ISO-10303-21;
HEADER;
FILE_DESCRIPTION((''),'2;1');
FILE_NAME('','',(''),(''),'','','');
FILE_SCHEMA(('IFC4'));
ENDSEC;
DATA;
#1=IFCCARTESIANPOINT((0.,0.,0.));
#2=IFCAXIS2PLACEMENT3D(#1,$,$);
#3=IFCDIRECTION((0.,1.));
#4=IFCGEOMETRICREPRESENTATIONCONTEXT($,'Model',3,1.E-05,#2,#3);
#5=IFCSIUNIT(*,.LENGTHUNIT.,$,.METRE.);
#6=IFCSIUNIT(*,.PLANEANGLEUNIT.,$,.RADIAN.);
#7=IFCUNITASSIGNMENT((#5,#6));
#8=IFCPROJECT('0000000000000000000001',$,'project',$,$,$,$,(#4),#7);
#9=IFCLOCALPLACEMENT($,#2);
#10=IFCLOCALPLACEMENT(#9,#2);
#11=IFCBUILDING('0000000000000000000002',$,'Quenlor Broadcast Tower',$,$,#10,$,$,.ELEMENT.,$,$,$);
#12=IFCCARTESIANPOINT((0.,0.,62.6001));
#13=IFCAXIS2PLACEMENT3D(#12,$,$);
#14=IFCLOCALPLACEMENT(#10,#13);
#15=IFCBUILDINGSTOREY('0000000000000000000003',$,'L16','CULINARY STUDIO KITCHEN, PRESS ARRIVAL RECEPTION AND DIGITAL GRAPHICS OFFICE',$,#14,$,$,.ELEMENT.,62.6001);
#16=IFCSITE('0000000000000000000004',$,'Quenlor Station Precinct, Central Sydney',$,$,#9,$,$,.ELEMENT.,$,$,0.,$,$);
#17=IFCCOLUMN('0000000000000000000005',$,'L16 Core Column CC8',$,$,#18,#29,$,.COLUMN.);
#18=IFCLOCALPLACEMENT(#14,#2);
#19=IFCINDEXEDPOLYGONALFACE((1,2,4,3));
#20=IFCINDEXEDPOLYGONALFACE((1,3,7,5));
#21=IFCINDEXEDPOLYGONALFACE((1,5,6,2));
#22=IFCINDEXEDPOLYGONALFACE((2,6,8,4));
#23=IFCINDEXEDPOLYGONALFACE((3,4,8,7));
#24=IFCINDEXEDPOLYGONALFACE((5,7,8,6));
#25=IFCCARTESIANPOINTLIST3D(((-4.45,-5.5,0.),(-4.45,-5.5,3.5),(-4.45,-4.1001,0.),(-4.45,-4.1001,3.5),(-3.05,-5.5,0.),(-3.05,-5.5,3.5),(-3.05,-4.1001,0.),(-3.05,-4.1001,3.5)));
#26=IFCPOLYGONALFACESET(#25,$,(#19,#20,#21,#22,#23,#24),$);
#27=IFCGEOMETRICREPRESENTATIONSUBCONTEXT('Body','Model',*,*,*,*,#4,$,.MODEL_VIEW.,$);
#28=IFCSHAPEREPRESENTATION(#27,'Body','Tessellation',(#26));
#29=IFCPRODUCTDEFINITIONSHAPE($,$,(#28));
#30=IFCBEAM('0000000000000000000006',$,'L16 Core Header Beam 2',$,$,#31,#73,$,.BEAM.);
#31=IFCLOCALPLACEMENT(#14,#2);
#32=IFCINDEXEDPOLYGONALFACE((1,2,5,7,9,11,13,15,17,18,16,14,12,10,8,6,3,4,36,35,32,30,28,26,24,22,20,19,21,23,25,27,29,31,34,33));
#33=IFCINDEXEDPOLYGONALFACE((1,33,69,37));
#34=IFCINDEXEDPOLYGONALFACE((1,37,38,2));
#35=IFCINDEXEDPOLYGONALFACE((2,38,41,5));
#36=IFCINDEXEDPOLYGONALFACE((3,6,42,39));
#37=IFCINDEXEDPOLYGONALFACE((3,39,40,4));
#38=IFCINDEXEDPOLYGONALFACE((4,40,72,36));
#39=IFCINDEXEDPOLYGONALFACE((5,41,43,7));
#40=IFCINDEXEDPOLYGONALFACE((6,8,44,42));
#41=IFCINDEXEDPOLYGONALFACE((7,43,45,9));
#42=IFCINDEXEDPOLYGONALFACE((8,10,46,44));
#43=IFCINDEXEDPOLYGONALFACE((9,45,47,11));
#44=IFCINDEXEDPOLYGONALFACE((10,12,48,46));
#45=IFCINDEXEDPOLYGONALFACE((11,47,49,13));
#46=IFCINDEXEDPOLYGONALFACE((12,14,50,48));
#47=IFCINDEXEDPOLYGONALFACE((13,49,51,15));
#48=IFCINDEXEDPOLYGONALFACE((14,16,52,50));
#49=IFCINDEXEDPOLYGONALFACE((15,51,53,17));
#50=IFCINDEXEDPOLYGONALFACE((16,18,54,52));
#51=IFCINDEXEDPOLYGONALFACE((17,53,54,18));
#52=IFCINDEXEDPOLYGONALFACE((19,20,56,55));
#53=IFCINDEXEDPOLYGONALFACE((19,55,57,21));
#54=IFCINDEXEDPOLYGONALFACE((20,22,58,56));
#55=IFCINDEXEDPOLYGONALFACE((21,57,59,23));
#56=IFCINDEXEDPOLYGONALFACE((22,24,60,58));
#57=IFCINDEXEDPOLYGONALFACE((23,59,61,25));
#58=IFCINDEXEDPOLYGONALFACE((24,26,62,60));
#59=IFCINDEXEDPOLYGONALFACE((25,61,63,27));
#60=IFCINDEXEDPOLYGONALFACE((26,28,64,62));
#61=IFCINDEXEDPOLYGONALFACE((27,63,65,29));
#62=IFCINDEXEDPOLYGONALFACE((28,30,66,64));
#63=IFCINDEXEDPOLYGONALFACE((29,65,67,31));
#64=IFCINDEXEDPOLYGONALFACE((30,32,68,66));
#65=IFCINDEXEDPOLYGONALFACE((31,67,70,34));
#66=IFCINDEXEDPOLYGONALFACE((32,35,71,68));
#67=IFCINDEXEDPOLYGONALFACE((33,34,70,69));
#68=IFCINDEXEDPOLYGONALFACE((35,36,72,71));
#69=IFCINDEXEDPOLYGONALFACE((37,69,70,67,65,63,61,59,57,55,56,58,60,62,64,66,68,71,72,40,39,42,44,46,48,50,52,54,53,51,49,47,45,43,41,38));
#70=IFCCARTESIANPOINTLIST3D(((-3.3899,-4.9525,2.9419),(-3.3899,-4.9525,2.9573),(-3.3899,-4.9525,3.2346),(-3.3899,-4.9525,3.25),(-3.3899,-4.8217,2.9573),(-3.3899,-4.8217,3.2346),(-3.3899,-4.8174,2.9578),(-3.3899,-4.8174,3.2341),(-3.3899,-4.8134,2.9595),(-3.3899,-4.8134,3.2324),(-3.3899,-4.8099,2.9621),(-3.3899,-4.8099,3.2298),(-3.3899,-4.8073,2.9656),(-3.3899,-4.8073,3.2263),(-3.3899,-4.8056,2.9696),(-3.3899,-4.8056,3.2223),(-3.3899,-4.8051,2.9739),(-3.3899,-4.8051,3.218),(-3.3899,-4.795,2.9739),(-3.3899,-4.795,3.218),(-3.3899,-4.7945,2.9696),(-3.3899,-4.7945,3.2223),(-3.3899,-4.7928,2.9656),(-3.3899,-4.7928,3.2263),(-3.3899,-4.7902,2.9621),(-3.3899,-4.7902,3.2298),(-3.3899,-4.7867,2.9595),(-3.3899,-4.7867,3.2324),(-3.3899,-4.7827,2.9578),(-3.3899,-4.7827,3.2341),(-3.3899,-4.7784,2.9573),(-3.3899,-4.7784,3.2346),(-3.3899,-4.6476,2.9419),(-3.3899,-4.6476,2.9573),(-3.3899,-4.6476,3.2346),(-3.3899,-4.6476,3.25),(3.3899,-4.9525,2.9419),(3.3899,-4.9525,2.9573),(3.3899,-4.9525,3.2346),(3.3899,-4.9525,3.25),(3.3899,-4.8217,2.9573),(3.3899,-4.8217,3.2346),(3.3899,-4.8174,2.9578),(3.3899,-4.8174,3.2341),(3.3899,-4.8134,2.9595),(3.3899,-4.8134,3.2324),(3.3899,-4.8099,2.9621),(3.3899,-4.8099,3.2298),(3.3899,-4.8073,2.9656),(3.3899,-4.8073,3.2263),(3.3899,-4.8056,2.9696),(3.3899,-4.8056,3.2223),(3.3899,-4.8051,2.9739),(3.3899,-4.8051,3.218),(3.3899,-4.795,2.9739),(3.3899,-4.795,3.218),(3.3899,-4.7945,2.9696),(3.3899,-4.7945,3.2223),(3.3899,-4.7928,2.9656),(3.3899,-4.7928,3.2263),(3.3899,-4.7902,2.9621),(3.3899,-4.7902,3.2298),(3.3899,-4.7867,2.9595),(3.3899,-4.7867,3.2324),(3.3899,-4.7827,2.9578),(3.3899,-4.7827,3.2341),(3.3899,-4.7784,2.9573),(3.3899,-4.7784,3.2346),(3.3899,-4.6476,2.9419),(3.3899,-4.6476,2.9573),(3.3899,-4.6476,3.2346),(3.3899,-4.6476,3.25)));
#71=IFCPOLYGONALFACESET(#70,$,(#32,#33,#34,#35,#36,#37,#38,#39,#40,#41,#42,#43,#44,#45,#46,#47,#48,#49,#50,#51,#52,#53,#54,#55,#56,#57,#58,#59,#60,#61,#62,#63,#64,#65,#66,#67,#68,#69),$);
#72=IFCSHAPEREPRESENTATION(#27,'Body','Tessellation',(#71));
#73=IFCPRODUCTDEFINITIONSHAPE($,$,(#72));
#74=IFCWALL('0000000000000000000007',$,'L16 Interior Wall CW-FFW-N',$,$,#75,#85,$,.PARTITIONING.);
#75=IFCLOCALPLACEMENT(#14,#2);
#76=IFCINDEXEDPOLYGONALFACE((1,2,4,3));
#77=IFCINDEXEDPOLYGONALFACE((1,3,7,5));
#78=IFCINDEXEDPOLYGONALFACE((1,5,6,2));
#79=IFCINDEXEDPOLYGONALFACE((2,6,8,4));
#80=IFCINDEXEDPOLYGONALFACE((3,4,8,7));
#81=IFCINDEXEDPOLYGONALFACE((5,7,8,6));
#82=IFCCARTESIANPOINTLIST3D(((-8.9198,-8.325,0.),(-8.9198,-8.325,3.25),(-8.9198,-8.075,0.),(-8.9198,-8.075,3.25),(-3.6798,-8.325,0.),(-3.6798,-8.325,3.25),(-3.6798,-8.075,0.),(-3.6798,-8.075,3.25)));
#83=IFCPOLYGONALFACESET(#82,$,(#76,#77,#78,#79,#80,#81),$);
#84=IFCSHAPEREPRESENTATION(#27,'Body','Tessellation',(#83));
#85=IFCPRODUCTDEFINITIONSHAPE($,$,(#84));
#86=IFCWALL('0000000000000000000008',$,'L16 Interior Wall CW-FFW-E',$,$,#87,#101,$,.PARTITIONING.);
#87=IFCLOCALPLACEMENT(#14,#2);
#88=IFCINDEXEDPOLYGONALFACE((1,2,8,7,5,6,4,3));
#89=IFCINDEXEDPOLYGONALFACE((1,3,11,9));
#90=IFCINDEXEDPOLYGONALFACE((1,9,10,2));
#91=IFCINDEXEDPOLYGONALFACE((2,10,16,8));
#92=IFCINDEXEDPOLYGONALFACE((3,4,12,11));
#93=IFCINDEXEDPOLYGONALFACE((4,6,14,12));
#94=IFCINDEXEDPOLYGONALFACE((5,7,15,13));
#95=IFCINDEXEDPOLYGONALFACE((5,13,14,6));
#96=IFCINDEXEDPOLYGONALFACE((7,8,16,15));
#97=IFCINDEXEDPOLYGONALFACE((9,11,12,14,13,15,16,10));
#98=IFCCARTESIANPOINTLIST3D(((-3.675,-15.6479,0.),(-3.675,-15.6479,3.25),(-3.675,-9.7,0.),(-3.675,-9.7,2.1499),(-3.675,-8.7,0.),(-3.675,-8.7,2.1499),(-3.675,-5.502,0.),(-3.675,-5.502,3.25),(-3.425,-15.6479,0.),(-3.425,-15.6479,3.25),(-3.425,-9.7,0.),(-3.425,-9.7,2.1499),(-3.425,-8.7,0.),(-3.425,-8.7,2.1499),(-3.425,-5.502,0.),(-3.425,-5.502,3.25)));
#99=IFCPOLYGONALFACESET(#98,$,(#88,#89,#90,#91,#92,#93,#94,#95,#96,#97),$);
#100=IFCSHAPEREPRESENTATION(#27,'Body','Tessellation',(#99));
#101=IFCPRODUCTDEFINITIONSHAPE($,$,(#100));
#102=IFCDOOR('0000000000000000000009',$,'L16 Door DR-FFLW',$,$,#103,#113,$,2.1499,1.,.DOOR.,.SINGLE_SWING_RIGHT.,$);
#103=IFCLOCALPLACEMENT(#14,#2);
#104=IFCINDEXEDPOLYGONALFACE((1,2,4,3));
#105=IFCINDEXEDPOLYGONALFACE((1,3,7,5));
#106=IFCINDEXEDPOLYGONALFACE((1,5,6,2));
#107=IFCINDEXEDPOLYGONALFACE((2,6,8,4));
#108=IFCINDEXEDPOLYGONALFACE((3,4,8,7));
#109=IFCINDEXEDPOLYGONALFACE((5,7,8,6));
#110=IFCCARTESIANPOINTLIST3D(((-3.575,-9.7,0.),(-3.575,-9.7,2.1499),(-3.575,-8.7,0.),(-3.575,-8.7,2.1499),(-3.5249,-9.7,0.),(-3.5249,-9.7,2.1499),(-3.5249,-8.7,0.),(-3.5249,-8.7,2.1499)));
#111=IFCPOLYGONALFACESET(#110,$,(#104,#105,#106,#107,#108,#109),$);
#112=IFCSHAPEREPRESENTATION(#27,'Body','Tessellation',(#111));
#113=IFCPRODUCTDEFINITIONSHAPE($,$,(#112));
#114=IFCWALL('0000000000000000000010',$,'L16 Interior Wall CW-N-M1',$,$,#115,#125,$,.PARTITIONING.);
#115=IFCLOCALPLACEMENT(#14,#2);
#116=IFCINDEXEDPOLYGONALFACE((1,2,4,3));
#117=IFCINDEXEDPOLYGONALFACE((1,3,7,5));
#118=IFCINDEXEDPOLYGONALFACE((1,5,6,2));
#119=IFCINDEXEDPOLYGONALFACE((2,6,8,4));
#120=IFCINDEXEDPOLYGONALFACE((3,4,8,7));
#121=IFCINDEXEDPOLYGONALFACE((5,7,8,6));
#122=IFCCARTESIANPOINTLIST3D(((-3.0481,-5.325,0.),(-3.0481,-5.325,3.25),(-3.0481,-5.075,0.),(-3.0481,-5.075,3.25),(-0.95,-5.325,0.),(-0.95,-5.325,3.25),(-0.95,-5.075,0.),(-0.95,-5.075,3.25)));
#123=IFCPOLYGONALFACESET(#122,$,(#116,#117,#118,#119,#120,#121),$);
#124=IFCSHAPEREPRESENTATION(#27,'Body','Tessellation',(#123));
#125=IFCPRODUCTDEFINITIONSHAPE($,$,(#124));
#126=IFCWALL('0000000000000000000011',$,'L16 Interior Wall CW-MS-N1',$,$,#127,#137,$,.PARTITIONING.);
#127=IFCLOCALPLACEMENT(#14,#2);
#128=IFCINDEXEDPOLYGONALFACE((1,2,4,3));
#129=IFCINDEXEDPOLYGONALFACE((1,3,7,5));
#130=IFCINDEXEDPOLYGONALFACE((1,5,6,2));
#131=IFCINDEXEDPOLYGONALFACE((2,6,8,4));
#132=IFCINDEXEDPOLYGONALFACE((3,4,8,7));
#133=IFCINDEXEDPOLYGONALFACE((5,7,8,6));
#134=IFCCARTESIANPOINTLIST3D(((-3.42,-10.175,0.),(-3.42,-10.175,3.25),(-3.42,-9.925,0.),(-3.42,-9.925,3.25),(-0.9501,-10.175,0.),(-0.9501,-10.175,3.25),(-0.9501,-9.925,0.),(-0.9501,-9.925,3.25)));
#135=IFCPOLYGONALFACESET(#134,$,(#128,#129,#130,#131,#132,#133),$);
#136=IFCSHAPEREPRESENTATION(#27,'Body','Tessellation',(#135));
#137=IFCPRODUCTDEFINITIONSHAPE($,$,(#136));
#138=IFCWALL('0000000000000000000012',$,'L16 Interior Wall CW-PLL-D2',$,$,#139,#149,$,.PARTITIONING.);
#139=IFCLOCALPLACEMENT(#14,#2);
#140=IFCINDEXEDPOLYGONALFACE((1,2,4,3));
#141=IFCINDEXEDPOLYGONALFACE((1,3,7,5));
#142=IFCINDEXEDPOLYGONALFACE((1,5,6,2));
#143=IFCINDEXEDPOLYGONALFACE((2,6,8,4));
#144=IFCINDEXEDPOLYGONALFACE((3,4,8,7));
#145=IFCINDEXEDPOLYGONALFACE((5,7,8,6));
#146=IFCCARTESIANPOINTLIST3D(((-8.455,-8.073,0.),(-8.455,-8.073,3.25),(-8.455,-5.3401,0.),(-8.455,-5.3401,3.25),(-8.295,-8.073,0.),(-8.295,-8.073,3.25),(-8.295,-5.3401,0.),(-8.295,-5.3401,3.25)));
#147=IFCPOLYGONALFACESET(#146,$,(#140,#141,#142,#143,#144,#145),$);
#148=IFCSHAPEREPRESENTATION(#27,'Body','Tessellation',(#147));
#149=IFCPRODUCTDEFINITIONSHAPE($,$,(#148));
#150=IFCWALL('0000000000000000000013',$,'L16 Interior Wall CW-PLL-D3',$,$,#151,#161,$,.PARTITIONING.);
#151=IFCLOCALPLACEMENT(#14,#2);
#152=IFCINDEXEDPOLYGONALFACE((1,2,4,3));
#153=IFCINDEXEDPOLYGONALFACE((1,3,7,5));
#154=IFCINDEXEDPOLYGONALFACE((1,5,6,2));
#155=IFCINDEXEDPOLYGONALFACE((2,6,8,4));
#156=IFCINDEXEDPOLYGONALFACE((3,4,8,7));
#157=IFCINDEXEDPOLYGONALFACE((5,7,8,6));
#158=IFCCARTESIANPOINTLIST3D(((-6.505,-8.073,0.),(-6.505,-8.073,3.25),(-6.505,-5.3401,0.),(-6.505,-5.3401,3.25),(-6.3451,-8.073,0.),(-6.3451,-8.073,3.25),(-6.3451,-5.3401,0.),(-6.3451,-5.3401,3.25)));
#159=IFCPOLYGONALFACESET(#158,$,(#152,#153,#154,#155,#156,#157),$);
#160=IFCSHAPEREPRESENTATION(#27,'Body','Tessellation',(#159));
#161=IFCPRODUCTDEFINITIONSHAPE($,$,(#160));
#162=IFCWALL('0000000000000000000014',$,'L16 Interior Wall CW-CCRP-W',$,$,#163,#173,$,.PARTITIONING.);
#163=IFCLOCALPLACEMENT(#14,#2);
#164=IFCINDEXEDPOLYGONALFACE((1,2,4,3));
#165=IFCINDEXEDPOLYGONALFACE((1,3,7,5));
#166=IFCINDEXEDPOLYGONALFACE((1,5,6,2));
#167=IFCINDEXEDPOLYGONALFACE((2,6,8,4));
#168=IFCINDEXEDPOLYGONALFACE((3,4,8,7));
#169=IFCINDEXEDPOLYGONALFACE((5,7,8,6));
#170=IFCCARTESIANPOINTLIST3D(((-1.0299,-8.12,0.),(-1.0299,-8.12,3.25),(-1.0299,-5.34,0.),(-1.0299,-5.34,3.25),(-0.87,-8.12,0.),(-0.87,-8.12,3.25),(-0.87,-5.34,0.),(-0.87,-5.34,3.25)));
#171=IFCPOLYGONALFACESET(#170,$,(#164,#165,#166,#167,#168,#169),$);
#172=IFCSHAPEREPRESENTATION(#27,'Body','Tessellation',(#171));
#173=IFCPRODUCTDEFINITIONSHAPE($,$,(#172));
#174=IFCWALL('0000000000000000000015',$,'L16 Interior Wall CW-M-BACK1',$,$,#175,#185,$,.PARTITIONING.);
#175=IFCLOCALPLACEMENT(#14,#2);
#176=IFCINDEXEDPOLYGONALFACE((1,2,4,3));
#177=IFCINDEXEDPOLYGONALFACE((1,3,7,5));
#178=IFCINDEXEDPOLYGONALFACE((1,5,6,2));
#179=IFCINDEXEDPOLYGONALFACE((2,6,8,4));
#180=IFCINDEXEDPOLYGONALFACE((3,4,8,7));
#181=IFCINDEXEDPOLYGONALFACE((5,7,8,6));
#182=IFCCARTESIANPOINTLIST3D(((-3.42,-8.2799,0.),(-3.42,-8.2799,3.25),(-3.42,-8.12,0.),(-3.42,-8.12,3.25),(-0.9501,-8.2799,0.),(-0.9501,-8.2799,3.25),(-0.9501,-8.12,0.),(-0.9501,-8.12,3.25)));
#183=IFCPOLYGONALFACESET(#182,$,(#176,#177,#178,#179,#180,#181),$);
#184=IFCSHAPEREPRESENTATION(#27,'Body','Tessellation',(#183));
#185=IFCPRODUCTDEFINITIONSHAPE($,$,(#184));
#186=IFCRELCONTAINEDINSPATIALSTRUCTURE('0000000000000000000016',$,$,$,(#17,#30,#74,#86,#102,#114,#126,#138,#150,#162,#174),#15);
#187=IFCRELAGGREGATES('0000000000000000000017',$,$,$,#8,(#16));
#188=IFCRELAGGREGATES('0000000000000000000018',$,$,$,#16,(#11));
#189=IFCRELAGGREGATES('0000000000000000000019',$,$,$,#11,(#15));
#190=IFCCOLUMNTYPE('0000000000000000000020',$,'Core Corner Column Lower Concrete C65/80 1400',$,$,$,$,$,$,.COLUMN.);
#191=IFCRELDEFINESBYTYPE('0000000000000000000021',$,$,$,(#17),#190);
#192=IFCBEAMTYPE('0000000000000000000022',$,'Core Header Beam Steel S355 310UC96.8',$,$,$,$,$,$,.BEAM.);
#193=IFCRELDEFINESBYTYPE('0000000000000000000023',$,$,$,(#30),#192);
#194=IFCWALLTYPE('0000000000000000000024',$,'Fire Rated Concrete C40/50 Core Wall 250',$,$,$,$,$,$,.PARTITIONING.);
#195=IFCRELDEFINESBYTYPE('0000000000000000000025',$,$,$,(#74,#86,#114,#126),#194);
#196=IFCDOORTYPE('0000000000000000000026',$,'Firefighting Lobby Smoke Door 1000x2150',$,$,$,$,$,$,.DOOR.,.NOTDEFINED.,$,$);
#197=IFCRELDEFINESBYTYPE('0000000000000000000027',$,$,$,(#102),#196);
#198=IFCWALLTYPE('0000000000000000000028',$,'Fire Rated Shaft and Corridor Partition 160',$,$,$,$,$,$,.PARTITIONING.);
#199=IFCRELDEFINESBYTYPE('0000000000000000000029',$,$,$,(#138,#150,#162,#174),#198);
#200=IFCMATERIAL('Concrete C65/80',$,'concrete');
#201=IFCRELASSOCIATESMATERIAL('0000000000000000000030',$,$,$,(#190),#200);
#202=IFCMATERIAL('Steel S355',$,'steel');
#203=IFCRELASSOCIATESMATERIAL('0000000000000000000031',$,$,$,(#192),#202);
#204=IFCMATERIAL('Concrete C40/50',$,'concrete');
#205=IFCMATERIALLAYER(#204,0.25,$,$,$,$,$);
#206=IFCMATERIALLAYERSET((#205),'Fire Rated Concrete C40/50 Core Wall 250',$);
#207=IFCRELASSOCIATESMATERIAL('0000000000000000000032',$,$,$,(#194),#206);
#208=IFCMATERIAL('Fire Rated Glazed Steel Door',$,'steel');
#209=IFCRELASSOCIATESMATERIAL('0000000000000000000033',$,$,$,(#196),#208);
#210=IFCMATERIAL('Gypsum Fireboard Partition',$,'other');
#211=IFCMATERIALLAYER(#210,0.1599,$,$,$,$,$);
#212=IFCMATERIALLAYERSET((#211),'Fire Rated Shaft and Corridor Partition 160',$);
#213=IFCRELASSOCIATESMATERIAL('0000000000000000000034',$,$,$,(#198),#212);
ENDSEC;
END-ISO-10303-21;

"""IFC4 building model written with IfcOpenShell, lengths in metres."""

from ifc_helpers import new_model, si_unit, direction, frame, frame_2d, origin, origin_2d, place, context, subcontext, project, spatial, rectangle, i_section, extrude, material, layer, layer_set, material_profile, profile_set, type_object, element, fill, save


model = new_model("IFC4")

# Units and contexts
model_context = context("Model", 3, precision=1e-05, world=origin(), true_north=direction((0.0, 1.0)))
body_context = subcontext(model_context, "Body", "Model", "MODEL_VIEW")
ifc_project = project(units=[si_unit("LENGTHUNIT", "METRE"), si_unit("PLANEANGLEUNIT", "RADIAN")], contexts=[model_context])

# Site, building, storey
site_placement = place(None, origin())
site = spatial("IfcSite", under=ifc_project, at=site_placement, Name="Quenlor Station Precinct, Central Sydney", CompositionType="ELEMENT", RefElevation=0.0)
building_placement = place(site_placement, origin())
building = spatial("IfcBuilding", under=site, at=building_placement, Name="Quenlor Broadcast Tower", CompositionType="ELEMENT")
storey_placement = place(building_placement, frame((0.0, 0.0, 62.6001)))
storey = spatial("IfcBuildingStorey", under=building, at=storey_placement, Name="L16", Description="CULINARY STUDIO KITCHEN, PRESS ARRIVAL RECEPTION AND DIGITAL GRAPHICS OFFICE", CompositionType="ELEMENT", Elevation=62.6001)

# Column
ifc_material_1 = material(Name="Concrete C65/80", Category="concrete")
ifc_material_profile_1 = material_profile(ifc_material_1, rectangle(XDim=1.3999, YDim=1.3999, at=origin_2d()))
ifc_profile_set_1 = profile_set([ifc_material_profile_1], Name="Concrete C65/80 RC1400x1400")
column_type = type_object("IfcColumnType", Name="Core Corner Column Lower Concrete C65/80 1400", PredefinedType="COLUMN", material=ifc_profile_set_1)
column_placement = place(storey_placement, frame((-3.75, -4.8, 0.0), z_axis=(0.0, 0.0, 1.0), x_axis=(1.0, 0.0, 0.0)))
element("IfcColumn", 1, at=column_placement, inside=storey, type_object=column_type, Name="L16 Core Column CC8", PredefinedType="COLUMN", context=body_context, shape_type="SweptSolid", body=[
    extrude(rectangle(XDim=1.3999, YDim=1.3999, at=origin_2d()), origin(), (0.0, 0.0, 1.0), 3.5),
])

# Beam
ifc_material_2 = material(Name="Steel S355", Category="steel")
ifc_material_profile_2 = material_profile(ifc_material_2, i_section(OverallWidth=0.3049, OverallDepth=0.3081, WebThickness=0.01, FlangeThickness=0.0154, FilletRadius=0.0166, at=origin_2d()))
ifc_profile_set_2 = profile_set([ifc_material_profile_2], Name="Steel S355 310UC96.8")
beam_type = type_object("IfcBeamType", Name="Core Header Beam Steel S355 310UC96.8", PredefinedType="BEAM", material=ifc_profile_set_2)
beam_placement = place(storey_placement, frame((-3.3899, -4.8, 3.0959), z_axis=(1.0, 0.0, 0.0), x_axis=(0.0, 1.0, 0.0)))
element("IfcBeam", 2, at=beam_placement, inside=storey, type_object=beam_type, Name="L16 Core Header Beam 2", PredefinedType="BEAM", context=body_context, shape_type="SweptSolid", body=[
    extrude(i_section(OverallWidth=0.3049, OverallDepth=0.3081, WebThickness=0.01, FlangeThickness=0.0154, FilletRadius=0.0166, at=origin_2d()), origin(), (0.0, 0.0, 1.0), 6.7798),
])

# Shared definitions
ifc_material_3 = material(Name="Concrete C40/50", Category="concrete")
ifc_layer_1 = layer(ifc_material_3, 0.25)
ifc_layer_set_1 = layer_set([ifc_layer_1], Name="Fire Rated Concrete C40/50 Core Wall 250")
wall_type_1 = type_object("IfcWallType", Name="Fire Rated Concrete C40/50 Core Wall 250", PredefinedType="PARTITIONING", material=ifc_layer_set_1)

# Wall
wall_1_placement = place(storey_placement, frame((-8.9199, -8.2, 0.0), z_axis=(0.0, 0.0, 1.0), x_axis=(1.0, 0.0, 0.0)))
element("IfcWall", 3, at=wall_1_placement, inside=storey, type_object=wall_type_1, Name="L16 Interior Wall CW-FFW-N", PredefinedType="PARTITIONING", context=body_context, shape_type="SweptSolid", body=[
    extrude(rectangle(XDim=5.24, YDim=0.25, at=frame_2d((2.6201, 0.0))), origin(), (0.0, 0.0, 1.0), 3.25),
])

# Wall, opening, door
wall_2_placement = place(storey_placement, frame((-3.55, -15.6479, 0.0), z_axis=(0.0, 0.0, 1.0), x_axis=(0.0, 1.0, 0.0)))
wall_2 = element("IfcWall", 4, at=wall_2_placement, inside=storey, type_object=wall_type_1, Name="L16 Interior Wall CW-FFW-E", PredefinedType="PARTITIONING", context=body_context, shape_type="SweptSolid", body=[
    extrude(rectangle(XDim=10.146, YDim=0.25, at=frame_2d((5.073, 0.0))), origin(), (0.0, 0.0, 1.0), 3.25),
])
opening_1_placement = place(wall_2_placement, frame((5.948, 0.0, 0.0)))
opening_1 = element("IfcOpeningElement", 5, at=opening_1_placement, cuts=wall_2, PredefinedType="OPENING", context=body_context, shape_type="SweptSolid", body=[
    extrude(rectangle(XDim=1.0, YDim=2.1499, at=frame_2d((0.5, 1.075))), frame((0.0, 0.135, 0.0), z_axis=(0.0, -1.0, 0.0), x_axis=(1.0, 0.0, 0.0)), (0.0, 0.0, 1.0), 0.27),
])
ifc_material_4 = material(Name="Fire Rated Glazed Steel Door", Category="steel")
door_type_1 = type_object("IfcDoorType", Name="Firefighting Lobby Smoke Door 1000x2150", OperationType="NOTDEFINED", PredefinedType="DOOR", material=ifc_material_4)
door_1_placement = place(opening_1_placement, origin())
door_1 = element("IfcDoor", 6, at=door_1_placement, inside=storey, type_object=door_type_1, Name="L16 Door DR-FFLW", OperationType="SINGLE_SWING_RIGHT", OverallHeight=2.1499, OverallWidth=1.0, PredefinedType="DOOR", context=body_context, shape_type="SweptSolid", body=[
    extrude(rectangle(XDim=1.0, YDim=2.1499, at=frame_2d((0.5, 1.075))), frame((0.0, 0.0249, 0.0), z_axis=(0.0, -1.0, 0.0), x_axis=(1.0, 0.0, 0.0)), (0.0, 0.0, 1.0), 0.05),
])
fill(opening_1, door_1)

# Walls
wall_3_placement = place(storey_placement, frame((-3.0481, -5.2, 0.0), z_axis=(0.0, 0.0, 1.0), x_axis=(1.0, 0.0, 0.0)))
element("IfcWall", 7, at=wall_3_placement, inside=storey, type_object=wall_type_1, Name="L16 Interior Wall CW-N-M1", PredefinedType="PARTITIONING", context=body_context, shape_type="SweptSolid", body=[
    extrude(rectangle(XDim=2.0981, YDim=0.25, at=frame_2d((1.0491, 0.0))), origin(), (0.0, 0.0, 1.0), 3.25),
])
wall_4_placement = place(storey_placement, frame((-3.4199, -10.05, 0.0), z_axis=(0.0, 0.0, 1.0), x_axis=(1.0, 0.0, 0.0)))
element("IfcWall", 8, at=wall_4_placement, inside=storey, type_object=wall_type_1, Name="L16 Interior Wall CW-MS-N1", PredefinedType="PARTITIONING", context=body_context, shape_type="SweptSolid", body=[
    extrude(rectangle(XDim=2.47, YDim=0.25, at=frame_2d((1.2349, 0.0))), origin(), (0.0, 0.0, 1.0), 3.25),
])
ifc_material_5 = material(Name="Gypsum Fireboard Partition", Category="other")
ifc_layer_2 = layer(ifc_material_5, 0.1599)
ifc_layer_set_2 = layer_set([ifc_layer_2], Name="Fire Rated Shaft and Corridor Partition 160")
wall_type_2 = type_object("IfcWallType", Name="Fire Rated Shaft and Corridor Partition 160", PredefinedType="PARTITIONING", material=ifc_layer_set_2)
for number, where, z_axis, x_axis, name in (
    (9, (-8.375, -8.073, 0.0), (0.0, 0.0, 1.0), (0.0, 1.0, 0.0), "L16 Interior Wall CW-PLL-D2"),
    (10, (-6.425, -8.073, 0.0), (0.0, 0.0, 1.0), (0.0, 1.0, 0.0), "L16 Interior Wall CW-PLL-D3"),
):
    element("IfcWall", number, at=place(storey_placement, frame(where, z_axis=z_axis, x_axis=x_axis)), inside=storey, type_object=wall_type_2, Name=name, PredefinedType="PARTITIONING", context=body_context, shape_type="SweptSolid", body=[
        extrude(rectangle(XDim=2.7329, YDim=0.1599, at=frame_2d((1.3665, 0.0))), origin(), (0.0, 0.0, 1.0), 3.25),
    ])
wall_5_placement = place(storey_placement, frame((-0.95, -8.1201, 0.0), z_axis=(0.0, 0.0, 1.0), x_axis=(0.0, 1.0, 0.0)))
element("IfcWall", 11, at=wall_5_placement, inside=storey, type_object=wall_type_2, Name="L16 Interior Wall CW-CCRP-W", PredefinedType="PARTITIONING", context=body_context, shape_type="SweptSolid", body=[
    extrude(rectangle(XDim=2.78, YDim=0.1599, at=frame_2d((1.3901, 0.0))), origin(), (0.0, 0.0, 1.0), 3.25),
])
wall_6_placement = place(storey_placement, frame((-3.4199, -8.2, 0.0), z_axis=(0.0, 0.0, 1.0), x_axis=(1.0, 0.0, 0.0)))
element("IfcWall", 12, at=wall_6_placement, inside=storey, type_object=wall_type_2, Name="L16 Interior Wall CW-M-BACK1", PredefinedType="PARTITIONING", context=body_context, shape_type="SweptSolid", body=[
    extrude(rectangle(XDim=2.47, YDim=0.1599, at=frame_2d((1.2349, 0.0))), origin(), (0.0, 0.0, 1.0), 3.25),
])

save(model, "model.ifc")
